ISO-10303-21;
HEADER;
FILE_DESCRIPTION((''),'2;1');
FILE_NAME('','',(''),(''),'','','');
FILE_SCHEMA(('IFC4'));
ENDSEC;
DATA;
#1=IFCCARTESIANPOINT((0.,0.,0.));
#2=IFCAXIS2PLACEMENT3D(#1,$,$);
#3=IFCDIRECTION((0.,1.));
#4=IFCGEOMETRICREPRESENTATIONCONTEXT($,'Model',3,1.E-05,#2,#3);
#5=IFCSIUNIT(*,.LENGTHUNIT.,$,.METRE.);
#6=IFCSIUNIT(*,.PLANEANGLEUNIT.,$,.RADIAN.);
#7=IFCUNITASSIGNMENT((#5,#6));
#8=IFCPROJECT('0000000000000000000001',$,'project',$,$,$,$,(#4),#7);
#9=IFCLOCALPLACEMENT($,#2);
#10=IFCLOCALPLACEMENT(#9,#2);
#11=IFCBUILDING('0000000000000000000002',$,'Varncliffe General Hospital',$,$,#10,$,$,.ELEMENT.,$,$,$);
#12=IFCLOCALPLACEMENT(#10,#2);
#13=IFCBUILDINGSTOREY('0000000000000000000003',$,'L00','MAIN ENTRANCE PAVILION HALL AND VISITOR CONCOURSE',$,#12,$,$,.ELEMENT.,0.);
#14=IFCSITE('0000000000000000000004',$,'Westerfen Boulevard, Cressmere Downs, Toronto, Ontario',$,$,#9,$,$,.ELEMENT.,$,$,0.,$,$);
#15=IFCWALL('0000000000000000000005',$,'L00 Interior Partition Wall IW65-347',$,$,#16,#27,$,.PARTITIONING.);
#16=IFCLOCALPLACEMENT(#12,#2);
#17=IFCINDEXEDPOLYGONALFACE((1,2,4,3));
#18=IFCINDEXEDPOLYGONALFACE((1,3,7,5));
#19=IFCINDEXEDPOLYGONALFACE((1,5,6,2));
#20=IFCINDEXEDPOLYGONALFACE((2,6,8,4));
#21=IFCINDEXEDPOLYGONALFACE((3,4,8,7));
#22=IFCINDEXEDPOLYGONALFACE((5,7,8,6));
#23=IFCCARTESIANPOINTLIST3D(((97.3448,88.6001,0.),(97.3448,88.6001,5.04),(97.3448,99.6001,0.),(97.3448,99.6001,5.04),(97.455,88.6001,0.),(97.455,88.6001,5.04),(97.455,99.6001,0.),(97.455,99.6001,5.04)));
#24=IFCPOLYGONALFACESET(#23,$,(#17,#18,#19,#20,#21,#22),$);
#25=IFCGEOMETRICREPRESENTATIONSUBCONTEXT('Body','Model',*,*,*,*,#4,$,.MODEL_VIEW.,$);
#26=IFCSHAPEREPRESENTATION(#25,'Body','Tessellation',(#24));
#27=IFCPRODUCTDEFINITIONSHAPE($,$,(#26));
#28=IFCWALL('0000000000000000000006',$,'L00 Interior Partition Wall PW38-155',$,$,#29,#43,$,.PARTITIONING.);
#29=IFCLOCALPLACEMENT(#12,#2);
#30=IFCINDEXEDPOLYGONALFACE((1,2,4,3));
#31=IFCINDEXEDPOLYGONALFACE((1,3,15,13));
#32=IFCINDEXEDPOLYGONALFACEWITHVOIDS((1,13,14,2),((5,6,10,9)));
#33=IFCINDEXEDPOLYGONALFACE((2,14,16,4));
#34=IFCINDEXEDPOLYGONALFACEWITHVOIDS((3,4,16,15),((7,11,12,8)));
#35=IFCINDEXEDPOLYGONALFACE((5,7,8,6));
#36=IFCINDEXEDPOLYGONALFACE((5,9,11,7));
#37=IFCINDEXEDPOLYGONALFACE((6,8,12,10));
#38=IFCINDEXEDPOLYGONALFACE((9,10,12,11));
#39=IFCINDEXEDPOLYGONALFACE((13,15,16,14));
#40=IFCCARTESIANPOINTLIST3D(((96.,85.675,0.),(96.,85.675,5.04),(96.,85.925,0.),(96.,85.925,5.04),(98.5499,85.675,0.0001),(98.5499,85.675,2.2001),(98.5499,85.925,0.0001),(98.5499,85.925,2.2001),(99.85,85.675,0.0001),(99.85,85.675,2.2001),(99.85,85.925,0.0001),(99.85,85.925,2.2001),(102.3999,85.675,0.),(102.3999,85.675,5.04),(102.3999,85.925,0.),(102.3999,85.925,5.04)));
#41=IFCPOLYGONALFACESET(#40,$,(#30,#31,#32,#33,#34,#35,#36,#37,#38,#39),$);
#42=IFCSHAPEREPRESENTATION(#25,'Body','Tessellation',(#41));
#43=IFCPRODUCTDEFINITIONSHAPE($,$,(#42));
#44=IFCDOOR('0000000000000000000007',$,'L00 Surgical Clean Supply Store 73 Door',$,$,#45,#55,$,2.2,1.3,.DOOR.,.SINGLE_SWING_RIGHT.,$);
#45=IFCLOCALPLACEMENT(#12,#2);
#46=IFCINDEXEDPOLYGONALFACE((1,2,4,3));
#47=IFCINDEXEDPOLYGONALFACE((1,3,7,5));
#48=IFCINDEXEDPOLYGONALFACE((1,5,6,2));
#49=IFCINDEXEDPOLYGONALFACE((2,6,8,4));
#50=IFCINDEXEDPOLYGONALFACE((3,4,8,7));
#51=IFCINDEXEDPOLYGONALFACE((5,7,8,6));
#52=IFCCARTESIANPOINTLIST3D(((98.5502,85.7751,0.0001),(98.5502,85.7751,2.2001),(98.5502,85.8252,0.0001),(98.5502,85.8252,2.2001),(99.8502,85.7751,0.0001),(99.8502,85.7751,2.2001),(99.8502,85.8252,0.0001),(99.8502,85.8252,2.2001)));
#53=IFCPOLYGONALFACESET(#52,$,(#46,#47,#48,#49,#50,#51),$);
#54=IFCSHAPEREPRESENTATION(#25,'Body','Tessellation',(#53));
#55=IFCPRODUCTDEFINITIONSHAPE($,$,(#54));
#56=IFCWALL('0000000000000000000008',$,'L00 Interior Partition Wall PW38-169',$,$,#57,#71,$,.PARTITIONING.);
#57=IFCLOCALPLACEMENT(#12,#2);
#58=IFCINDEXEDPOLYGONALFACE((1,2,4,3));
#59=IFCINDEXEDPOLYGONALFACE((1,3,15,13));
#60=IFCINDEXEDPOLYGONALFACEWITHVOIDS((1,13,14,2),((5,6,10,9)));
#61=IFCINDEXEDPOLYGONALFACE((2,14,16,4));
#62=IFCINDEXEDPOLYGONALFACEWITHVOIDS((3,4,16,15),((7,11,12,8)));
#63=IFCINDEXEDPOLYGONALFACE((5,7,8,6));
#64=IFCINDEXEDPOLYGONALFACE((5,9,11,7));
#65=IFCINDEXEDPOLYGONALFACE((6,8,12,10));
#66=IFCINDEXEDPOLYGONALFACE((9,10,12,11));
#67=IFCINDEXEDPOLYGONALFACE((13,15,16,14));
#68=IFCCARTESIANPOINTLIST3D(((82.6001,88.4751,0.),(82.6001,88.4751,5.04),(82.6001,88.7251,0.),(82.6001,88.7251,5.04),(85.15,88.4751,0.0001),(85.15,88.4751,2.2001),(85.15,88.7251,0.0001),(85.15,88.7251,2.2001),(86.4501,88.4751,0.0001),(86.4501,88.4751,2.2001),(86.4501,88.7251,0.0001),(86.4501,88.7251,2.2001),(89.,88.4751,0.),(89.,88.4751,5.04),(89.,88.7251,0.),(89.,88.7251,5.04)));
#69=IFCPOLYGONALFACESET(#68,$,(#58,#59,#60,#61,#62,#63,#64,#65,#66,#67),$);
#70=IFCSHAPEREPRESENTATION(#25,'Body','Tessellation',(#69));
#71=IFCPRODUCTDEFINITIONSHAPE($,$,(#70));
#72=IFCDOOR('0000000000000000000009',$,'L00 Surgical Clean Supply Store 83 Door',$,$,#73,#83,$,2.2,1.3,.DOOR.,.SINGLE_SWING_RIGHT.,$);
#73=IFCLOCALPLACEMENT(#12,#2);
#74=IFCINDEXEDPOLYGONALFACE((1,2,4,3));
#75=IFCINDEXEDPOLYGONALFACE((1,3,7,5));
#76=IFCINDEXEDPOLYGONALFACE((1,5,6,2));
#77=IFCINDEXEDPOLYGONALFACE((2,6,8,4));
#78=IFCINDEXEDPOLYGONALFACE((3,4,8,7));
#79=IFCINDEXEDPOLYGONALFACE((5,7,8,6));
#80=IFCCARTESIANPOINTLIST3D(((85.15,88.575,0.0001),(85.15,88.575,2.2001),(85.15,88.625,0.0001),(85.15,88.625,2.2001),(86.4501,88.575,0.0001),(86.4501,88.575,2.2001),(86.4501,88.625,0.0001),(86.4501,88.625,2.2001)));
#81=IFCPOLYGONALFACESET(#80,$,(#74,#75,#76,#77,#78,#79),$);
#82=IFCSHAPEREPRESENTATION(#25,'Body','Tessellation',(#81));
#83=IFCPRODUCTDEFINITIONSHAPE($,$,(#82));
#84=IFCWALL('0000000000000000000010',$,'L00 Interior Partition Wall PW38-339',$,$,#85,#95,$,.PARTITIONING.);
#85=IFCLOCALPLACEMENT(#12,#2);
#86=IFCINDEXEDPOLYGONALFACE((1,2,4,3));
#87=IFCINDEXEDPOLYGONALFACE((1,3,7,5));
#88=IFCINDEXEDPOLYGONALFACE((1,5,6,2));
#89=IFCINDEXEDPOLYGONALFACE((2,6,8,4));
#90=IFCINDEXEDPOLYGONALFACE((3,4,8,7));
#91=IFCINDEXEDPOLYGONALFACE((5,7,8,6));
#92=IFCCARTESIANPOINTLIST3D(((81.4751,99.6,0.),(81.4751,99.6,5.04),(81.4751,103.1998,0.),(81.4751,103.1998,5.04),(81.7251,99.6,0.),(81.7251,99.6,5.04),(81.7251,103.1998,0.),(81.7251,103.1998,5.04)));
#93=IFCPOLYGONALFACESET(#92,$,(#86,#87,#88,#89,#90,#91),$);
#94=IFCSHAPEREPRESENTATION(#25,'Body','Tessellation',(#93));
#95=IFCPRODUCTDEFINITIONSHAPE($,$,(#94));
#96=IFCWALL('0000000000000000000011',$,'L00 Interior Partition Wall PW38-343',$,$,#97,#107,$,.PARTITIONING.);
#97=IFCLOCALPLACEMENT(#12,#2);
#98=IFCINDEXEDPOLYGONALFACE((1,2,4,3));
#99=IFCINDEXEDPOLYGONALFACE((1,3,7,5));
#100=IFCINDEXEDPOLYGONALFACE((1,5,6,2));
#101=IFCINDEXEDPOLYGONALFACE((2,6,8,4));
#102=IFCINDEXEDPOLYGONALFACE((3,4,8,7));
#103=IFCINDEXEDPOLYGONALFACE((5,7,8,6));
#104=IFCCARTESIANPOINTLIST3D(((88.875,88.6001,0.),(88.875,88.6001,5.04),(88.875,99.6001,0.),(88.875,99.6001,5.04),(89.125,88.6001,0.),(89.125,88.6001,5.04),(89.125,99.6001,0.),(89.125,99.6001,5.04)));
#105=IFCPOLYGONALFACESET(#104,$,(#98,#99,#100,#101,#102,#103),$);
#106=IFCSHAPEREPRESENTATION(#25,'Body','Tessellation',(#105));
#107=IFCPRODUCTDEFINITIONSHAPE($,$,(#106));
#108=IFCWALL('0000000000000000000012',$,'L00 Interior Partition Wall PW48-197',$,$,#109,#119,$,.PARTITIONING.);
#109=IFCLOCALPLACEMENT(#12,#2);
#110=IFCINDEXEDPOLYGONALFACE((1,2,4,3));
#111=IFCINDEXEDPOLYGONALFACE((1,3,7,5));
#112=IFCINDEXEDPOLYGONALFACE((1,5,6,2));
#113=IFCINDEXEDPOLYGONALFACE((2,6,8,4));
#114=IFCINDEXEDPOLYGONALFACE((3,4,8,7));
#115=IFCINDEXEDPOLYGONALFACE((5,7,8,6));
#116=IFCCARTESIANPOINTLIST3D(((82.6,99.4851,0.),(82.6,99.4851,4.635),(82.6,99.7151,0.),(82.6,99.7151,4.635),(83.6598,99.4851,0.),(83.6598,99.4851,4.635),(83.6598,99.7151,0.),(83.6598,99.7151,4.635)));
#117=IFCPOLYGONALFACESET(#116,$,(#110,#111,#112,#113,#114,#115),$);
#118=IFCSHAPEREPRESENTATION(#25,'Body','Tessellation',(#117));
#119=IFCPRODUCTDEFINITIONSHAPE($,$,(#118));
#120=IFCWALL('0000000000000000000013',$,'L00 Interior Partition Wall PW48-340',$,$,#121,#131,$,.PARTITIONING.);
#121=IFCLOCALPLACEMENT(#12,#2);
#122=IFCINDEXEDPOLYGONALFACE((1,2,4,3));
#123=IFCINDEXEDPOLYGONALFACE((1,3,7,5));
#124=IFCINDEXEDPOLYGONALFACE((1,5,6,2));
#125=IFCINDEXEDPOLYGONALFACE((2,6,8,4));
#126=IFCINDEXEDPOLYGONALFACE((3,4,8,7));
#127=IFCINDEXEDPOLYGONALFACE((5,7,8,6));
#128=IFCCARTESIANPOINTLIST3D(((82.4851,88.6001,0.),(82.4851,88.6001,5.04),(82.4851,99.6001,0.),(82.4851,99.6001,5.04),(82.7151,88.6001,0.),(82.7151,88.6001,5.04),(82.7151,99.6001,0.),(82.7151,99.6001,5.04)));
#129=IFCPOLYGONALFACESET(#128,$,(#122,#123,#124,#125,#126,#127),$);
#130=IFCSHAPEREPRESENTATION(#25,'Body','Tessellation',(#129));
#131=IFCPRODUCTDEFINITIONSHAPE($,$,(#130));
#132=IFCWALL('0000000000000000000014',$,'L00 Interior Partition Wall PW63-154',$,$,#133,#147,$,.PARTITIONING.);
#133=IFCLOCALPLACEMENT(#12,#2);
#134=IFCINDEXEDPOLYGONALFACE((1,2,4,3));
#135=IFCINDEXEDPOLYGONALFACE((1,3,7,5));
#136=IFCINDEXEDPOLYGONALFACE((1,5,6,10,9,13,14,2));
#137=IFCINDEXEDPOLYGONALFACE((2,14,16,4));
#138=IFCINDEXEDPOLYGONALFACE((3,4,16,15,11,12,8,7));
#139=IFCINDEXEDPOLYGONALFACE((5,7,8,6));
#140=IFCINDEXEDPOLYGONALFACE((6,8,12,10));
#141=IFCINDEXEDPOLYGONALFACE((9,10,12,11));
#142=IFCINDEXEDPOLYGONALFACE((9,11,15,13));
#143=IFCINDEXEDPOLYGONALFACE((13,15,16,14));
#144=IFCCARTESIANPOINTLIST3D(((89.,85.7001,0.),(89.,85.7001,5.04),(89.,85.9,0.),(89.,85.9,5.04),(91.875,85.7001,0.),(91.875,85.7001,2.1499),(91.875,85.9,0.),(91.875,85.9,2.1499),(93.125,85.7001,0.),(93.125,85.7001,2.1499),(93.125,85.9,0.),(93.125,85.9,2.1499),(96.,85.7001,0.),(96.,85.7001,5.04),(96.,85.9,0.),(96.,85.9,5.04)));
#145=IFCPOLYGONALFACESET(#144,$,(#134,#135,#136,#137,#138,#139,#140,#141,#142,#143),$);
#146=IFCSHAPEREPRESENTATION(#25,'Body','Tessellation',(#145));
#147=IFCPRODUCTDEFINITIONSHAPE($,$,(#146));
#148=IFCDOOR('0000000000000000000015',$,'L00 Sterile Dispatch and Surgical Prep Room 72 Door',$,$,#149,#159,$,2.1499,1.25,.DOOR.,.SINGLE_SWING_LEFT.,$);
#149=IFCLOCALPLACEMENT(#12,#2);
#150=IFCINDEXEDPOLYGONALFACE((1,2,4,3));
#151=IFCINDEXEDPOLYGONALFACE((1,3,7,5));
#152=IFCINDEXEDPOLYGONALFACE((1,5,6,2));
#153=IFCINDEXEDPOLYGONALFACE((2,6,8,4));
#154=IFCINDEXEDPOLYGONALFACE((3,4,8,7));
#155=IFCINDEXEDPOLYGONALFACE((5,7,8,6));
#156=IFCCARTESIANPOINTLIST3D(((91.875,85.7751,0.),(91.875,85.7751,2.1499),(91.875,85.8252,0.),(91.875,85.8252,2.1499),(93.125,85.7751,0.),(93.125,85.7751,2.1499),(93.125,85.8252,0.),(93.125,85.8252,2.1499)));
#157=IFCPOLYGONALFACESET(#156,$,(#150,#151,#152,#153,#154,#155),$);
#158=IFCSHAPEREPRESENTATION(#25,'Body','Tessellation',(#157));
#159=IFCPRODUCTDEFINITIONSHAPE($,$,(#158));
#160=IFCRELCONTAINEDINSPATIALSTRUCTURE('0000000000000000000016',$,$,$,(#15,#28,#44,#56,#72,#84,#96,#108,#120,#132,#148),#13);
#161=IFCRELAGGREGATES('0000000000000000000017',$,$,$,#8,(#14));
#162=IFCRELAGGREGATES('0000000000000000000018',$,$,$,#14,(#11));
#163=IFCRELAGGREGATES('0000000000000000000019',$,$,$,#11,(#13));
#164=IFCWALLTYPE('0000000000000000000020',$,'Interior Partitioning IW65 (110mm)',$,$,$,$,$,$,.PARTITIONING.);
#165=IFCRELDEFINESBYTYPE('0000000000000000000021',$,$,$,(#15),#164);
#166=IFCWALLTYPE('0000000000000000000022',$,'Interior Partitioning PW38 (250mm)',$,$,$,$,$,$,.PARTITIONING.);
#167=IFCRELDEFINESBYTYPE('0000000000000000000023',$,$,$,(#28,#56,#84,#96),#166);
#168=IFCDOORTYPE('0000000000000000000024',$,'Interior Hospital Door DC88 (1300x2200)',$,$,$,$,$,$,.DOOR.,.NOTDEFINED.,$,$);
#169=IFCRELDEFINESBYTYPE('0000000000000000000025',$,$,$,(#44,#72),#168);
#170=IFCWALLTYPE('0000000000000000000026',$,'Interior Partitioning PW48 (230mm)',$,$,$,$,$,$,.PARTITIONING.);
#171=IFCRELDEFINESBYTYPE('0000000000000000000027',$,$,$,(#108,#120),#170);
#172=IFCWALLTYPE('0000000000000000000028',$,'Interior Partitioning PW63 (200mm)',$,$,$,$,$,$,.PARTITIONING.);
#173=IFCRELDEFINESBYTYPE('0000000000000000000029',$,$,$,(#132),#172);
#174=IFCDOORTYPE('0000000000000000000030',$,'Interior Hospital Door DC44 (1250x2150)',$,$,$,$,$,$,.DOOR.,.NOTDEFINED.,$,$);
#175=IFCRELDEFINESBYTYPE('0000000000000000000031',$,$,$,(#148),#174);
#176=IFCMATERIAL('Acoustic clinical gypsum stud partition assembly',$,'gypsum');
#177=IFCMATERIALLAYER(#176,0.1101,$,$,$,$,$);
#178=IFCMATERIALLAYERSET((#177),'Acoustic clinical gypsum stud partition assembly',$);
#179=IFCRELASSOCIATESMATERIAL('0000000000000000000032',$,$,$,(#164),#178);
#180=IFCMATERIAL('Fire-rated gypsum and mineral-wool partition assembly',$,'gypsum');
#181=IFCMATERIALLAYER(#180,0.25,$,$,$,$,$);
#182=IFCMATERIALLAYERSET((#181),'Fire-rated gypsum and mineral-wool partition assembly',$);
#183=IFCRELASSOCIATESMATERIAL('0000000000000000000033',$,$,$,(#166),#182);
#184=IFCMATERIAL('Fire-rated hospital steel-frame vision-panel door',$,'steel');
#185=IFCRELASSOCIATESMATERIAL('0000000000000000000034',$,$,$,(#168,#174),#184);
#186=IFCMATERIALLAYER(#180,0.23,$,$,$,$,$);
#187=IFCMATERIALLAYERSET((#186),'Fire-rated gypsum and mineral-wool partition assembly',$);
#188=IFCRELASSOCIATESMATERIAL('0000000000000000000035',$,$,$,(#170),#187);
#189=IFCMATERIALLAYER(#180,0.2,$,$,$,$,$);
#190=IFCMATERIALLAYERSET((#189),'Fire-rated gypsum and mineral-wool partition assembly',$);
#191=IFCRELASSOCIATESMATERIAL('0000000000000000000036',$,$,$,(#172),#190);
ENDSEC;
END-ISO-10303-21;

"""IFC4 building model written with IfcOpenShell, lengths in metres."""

from ifc_helpers import new_model, si_unit, direction, frame, frame_2d, origin, place, context, subcontext, project, spatial, rectangle, extrude, material, layer, layer_set, type_object, element, fill, save


model = new_model("IFC4")

# Units and contexts
model_context = context("Model", 3, precision=1e-05, world=origin(), true_north=direction((0.0, 1.0)))
body_context = subcontext(model_context, "Body", "Model", "MODEL_VIEW")
ifc_project = project(units=[si_unit("LENGTHUNIT", "METRE"), si_unit("PLANEANGLEUNIT", "RADIAN")], contexts=[model_context])

# Site, building, storey
site_placement = place(None, origin())
site = spatial("IfcSite", under=ifc_project, at=site_placement, Name="Westerfen Boulevard, Cressmere Downs, Toronto, Ontario", CompositionType="ELEMENT", RefElevation=0.0)
building_placement = place(site_placement, origin())
building = spatial("IfcBuilding", under=site, at=building_placement, Name="Varncliffe General Hospital", CompositionType="ELEMENT")
storey_placement = place(building_placement, origin())
storey = spatial("IfcBuildingStorey", under=building, at=storey_placement, Name="L00", Description="MAIN ENTRANCE PAVILION HALL AND VISITOR CONCOURSE", CompositionType="ELEMENT", Elevation=0.0)

# Wall
ifc_material_1 = material(Name="Acoustic clinical gypsum stud partition assembly", Category="gypsum")
ifc_layer_1 = layer(ifc_material_1, 0.1101)
ifc_layer_set_1 = layer_set([ifc_layer_1], Name="Acoustic clinical gypsum stud partition assembly")
wall_type_1 = type_object("IfcWallType", Name="Interior Partitioning IW65 (110mm)", PredefinedType="PARTITIONING", material=ifc_layer_set_1)
wall_1_placement = place(storey_placement, frame((97.3999, 88.6001, 0.0), z_axis=(0.0, 0.0, 1.0), x_axis=(0.0, 1.0, 0.0)))
element("IfcWall", 1, at=wall_1_placement, inside=storey, type_object=wall_type_1, Name="L00 Interior Partition Wall IW65-347", PredefinedType="PARTITIONING", context=body_context, shape_type="SweptSolid", body=[
    extrude(rectangle(XDim=11.0, YDim=0.1101, at=frame_2d((5.5, 0.0))), origin(), (0.0, 0.0, 1.0), 5.04),
])

# Walls, openings, doors
ifc_material_2 = material(Name="Fire-rated gypsum and mineral-wool partition assembly", Category="gypsum")
ifc_layer_2 = layer(ifc_material_2, 0.25)
ifc_layer_set_2 = layer_set([ifc_layer_2], Name="Fire-rated gypsum and mineral-wool partition assembly")
wall_type_2 = type_object("IfcWallType", Name="Interior Partitioning PW38 (250mm)", PredefinedType="PARTITIONING", material=ifc_layer_set_2)
wall_2_placement = place(storey_placement, frame((96.0, 85.8, 0.0), z_axis=(0.0, 0.0, 1.0), x_axis=(1.0, 0.0, 0.0)))
wall_2 = element("IfcWall", 2, at=wall_2_placement, inside=storey, type_object=wall_type_2, Name="L00 Interior Partition Wall PW38-155", PredefinedType="PARTITIONING", context=body_context, shape_type="SweptSolid", body=[
    extrude(rectangle(XDim=6.3999, YDim=0.25, at=frame_2d((3.2, 0.0))), origin(), (0.0, 0.0, 1.0), 5.04),
])
opening_1_placement = place(wall_2_placement, frame((2.55, 0.0, 0.0)))
opening_1 = element("IfcOpeningElement", 3, at=opening_1_placement, cuts=wall_2, PredefinedType="OPENING", context=body_context, shape_type="SweptSolid", body=[
    extrude(rectangle(XDim=1.3, YDim=2.2, at=frame_2d((0.6499, 1.1001))), frame((0.0, 0.135, 0.0), z_axis=(0.0, -1.0, 0.0), x_axis=(1.0, 0.0, 0.0)), (0.0, 0.0, 1.0), 0.27),
])
ifc_material_3 = material(Name="Fire-rated hospital steel-frame vision-panel door", Category="steel")
door_type_1 = type_object("IfcDoorType", Name="Interior Hospital Door DC88 (1300x2200)", OperationType="NOTDEFINED", PredefinedType="DOOR", material=ifc_material_3)
door_1_placement = place(opening_1_placement, frame((1.3, 0.0, 0.0), z_axis=(0.0, 0.0, 1.0), x_axis=(-1.0, 0.0, 0.0)))
door_1 = element("IfcDoor", 4, at=door_1_placement, inside=storey, type_object=door_type_1, Name="L00 Surgical Clean Supply Store 73 Door", OperationType="SINGLE_SWING_RIGHT", OverallHeight=2.2, OverallWidth=1.3, PredefinedType="DOOR", context=body_context, shape_type="SweptSolid", body=[
    extrude(rectangle(XDim=1.3, YDim=2.2, at=frame_2d((0.6499, 1.1001))), frame((0.0, 0.0249, 0.0), z_axis=(0.0, -1.0, 0.0), x_axis=(1.0, 0.0, 0.0)), (0.0, 0.0, 1.0), 0.05),
])
fill(opening_1, door_1)
wall_3_placement = place(storey_placement, frame((82.6001, 88.6001, 0.0), z_axis=(0.0, 0.0, 1.0), x_axis=(1.0, 0.0, 0.0)))
wall_3 = element("IfcWall", 5, at=wall_3_placement, inside=storey, type_object=wall_type_2, Name="L00 Interior Partition Wall PW38-169", PredefinedType="PARTITIONING", context=body_context, shape_type="SweptSolid", body=[
    extrude(rectangle(XDim=6.3999, YDim=0.25, at=frame_2d((3.2, 0.0))), origin(), (0.0, 0.0, 1.0), 5.04),
])
opening_2_placement = place(wall_3_placement, frame((2.55, 0.0, 0.0)))
opening_2 = element("IfcOpeningElement", 6, at=opening_2_placement, cuts=wall_3, PredefinedType="OPENING", context=body_context, shape_type="SweptSolid", body=[
    extrude(rectangle(XDim=1.3, YDim=2.2, at=frame_2d((0.6499, 1.1001))), frame((0.0, 0.135, 0.0), z_axis=(0.0, -1.0, 0.0), x_axis=(1.0, 0.0, 0.0)), (0.0, 0.0, 1.0), 0.27),
])
door_2_placement = place(opening_2_placement, origin())
door_2 = element("IfcDoor", 7, at=door_2_placement, inside=storey, type_object=door_type_1, Name="L00 Surgical Clean Supply Store 83 Door", OperationType="SINGLE_SWING_RIGHT", OverallHeight=2.2, OverallWidth=1.3, PredefinedType="DOOR", context=body_context, shape_type="SweptSolid", body=[
    extrude(rectangle(XDim=1.3, YDim=2.2, at=frame_2d((0.6499, 1.1001))), frame((0.0, 0.0249, 0.0), z_axis=(0.0, -1.0, 0.0), x_axis=(1.0, 0.0, 0.0)), (0.0, 0.0, 1.0), 0.05),
])
fill(opening_2, door_2)

# Walls
wall_4_placement = place(storey_placement, frame((81.6001, 99.6001, 0.0), z_axis=(0.0, 0.0, 1.0), x_axis=(0.0, 1.0, 0.0)))
element("IfcWall", 8, at=wall_4_placement, inside=storey, type_object=wall_type_2, Name="L00 Interior Partition Wall PW38-339", PredefinedType="PARTITIONING", context=body_context, shape_type="SweptSolid", body=[
    extrude(rectangle(XDim=3.5999, YDim=0.25, at=frame_2d((1.7998, 0.0))), origin(), (0.0, 0.0, 1.0), 5.04),
])
wall_5_placement = place(storey_placement, frame((89.0, 88.6001, 0.0), z_axis=(0.0, 0.0, 1.0), x_axis=(0.0, 1.0, 0.0)))
element("IfcWall", 9, at=wall_5_placement, inside=storey, type_object=wall_type_2, Name="L00 Interior Partition Wall PW38-343", PredefinedType="PARTITIONING", context=body_context, shape_type="SweptSolid", body=[
    extrude(rectangle(XDim=11.0, YDim=0.25, at=frame_2d((5.5, 0.0))), origin(), (0.0, 0.0, 1.0), 5.04),
])
ifc_layer_3 = layer(ifc_material_2, 0.23)
ifc_layer_set_3 = layer_set([ifc_layer_3], Name="Fire-rated gypsum and mineral-wool partition assembly")
wall_type_3 = type_object("IfcWallType", Name="Interior Partitioning PW48 (230mm)", PredefinedType="PARTITIONING", material=ifc_layer_set_3)
wall_6_placement = place(storey_placement, frame((82.6001, 99.6001, 0.0), z_axis=(0.0, 0.0, 1.0), x_axis=(1.0, 0.0, 0.0)))
element("IfcWall", 10, at=wall_6_placement, inside=storey, type_object=wall_type_3, Name="L00 Interior Partition Wall PW48-197", PredefinedType="PARTITIONING", context=body_context, shape_type="SweptSolid", body=[
    extrude(rectangle(XDim=1.0598, YDim=0.23, at=frame_2d((0.5298, 0.0))), origin(), (0.0, 0.0, 1.0), 4.635),
])
wall_7_placement = place(storey_placement, frame((82.6001, 88.6001, 0.0), z_axis=(0.0, 0.0, 1.0), x_axis=(0.0, 1.0, 0.0)))
element("IfcWall", 11, at=wall_7_placement, inside=storey, type_object=wall_type_3, Name="L00 Interior Partition Wall PW48-340", PredefinedType="PARTITIONING", context=body_context, shape_type="SweptSolid", body=[
    extrude(rectangle(XDim=11.0, YDim=0.23, at=frame_2d((5.5, 0.0))), origin(), (0.0, 0.0, 1.0), 5.04),
])

# Wall, opening, door
ifc_layer_4 = layer(ifc_material_2, 0.2)
ifc_layer_set_4 = layer_set([ifc_layer_4], Name="Fire-rated gypsum and mineral-wool partition assembly")
wall_type_4 = type_object("IfcWallType", Name="Interior Partitioning PW63 (200mm)", PredefinedType="PARTITIONING", material=ifc_layer_set_4)
wall_8_placement = place(storey_placement, frame((89.0, 85.8, 0.0), z_axis=(0.0, 0.0, 1.0), x_axis=(1.0, 0.0, 0.0)))
wall_8 = element("IfcWall", 12, at=wall_8_placement, inside=storey, type_object=wall_type_4, Name="L00 Interior Partition Wall PW63-154", PredefinedType="PARTITIONING", context=body_context, shape_type="SweptSolid", body=[
    extrude(rectangle(XDim=7.0, YDim=0.2, at=frame_2d((3.5, 0.0))), origin(), (0.0, 0.0, 1.0), 5.04),
])
opening_3_placement = place(wall_8_placement, frame((2.875, 0.0, 0.0)))
opening_3 = element("IfcOpeningElement", 13, at=opening_3_placement, cuts=wall_8, PredefinedType="OPENING", context=body_context, shape_type="SweptSolid", body=[
    extrude(rectangle(XDim=1.25, YDim=2.1499, at=frame_2d((0.625, 1.075))), frame((0.0, 0.1099, 0.0), z_axis=(0.0, -1.0, 0.0), x_axis=(1.0, 0.0, 0.0)), (0.0, 0.0, 1.0), 0.22),
])
door_type_2 = type_object("IfcDoorType", Name="Interior Hospital Door DC44 (1250x2150)", OperationType="NOTDEFINED", PredefinedType="DOOR", material=ifc_material_3)
door_3_placement = place(opening_3_placement, frame((1.25, 0.0, 0.0), z_axis=(0.0, 0.0, 1.0), x_axis=(-1.0, 0.0, 0.0)))
door_3 = element("IfcDoor", 14, at=door_3_placement, inside=storey, type_object=door_type_2, Name="L00 Sterile Dispatch and Surgical Prep Room 72 Door", OperationType="SINGLE_SWING_LEFT", OverallHeight=2.1499, OverallWidth=1.25, PredefinedType="DOOR", context=body_context, shape_type="SweptSolid", body=[
    extrude(rectangle(XDim=1.25, YDim=2.1499, at=frame_2d((0.625, 1.075))), frame((0.0, 0.0249, 0.0), z_axis=(0.0, -1.0, 0.0), x_axis=(1.0, 0.0, 0.0)), (0.0, 0.0, 1.0), 0.05),
])
fill(opening_3, door_3)

save(model, "model.ifc")
